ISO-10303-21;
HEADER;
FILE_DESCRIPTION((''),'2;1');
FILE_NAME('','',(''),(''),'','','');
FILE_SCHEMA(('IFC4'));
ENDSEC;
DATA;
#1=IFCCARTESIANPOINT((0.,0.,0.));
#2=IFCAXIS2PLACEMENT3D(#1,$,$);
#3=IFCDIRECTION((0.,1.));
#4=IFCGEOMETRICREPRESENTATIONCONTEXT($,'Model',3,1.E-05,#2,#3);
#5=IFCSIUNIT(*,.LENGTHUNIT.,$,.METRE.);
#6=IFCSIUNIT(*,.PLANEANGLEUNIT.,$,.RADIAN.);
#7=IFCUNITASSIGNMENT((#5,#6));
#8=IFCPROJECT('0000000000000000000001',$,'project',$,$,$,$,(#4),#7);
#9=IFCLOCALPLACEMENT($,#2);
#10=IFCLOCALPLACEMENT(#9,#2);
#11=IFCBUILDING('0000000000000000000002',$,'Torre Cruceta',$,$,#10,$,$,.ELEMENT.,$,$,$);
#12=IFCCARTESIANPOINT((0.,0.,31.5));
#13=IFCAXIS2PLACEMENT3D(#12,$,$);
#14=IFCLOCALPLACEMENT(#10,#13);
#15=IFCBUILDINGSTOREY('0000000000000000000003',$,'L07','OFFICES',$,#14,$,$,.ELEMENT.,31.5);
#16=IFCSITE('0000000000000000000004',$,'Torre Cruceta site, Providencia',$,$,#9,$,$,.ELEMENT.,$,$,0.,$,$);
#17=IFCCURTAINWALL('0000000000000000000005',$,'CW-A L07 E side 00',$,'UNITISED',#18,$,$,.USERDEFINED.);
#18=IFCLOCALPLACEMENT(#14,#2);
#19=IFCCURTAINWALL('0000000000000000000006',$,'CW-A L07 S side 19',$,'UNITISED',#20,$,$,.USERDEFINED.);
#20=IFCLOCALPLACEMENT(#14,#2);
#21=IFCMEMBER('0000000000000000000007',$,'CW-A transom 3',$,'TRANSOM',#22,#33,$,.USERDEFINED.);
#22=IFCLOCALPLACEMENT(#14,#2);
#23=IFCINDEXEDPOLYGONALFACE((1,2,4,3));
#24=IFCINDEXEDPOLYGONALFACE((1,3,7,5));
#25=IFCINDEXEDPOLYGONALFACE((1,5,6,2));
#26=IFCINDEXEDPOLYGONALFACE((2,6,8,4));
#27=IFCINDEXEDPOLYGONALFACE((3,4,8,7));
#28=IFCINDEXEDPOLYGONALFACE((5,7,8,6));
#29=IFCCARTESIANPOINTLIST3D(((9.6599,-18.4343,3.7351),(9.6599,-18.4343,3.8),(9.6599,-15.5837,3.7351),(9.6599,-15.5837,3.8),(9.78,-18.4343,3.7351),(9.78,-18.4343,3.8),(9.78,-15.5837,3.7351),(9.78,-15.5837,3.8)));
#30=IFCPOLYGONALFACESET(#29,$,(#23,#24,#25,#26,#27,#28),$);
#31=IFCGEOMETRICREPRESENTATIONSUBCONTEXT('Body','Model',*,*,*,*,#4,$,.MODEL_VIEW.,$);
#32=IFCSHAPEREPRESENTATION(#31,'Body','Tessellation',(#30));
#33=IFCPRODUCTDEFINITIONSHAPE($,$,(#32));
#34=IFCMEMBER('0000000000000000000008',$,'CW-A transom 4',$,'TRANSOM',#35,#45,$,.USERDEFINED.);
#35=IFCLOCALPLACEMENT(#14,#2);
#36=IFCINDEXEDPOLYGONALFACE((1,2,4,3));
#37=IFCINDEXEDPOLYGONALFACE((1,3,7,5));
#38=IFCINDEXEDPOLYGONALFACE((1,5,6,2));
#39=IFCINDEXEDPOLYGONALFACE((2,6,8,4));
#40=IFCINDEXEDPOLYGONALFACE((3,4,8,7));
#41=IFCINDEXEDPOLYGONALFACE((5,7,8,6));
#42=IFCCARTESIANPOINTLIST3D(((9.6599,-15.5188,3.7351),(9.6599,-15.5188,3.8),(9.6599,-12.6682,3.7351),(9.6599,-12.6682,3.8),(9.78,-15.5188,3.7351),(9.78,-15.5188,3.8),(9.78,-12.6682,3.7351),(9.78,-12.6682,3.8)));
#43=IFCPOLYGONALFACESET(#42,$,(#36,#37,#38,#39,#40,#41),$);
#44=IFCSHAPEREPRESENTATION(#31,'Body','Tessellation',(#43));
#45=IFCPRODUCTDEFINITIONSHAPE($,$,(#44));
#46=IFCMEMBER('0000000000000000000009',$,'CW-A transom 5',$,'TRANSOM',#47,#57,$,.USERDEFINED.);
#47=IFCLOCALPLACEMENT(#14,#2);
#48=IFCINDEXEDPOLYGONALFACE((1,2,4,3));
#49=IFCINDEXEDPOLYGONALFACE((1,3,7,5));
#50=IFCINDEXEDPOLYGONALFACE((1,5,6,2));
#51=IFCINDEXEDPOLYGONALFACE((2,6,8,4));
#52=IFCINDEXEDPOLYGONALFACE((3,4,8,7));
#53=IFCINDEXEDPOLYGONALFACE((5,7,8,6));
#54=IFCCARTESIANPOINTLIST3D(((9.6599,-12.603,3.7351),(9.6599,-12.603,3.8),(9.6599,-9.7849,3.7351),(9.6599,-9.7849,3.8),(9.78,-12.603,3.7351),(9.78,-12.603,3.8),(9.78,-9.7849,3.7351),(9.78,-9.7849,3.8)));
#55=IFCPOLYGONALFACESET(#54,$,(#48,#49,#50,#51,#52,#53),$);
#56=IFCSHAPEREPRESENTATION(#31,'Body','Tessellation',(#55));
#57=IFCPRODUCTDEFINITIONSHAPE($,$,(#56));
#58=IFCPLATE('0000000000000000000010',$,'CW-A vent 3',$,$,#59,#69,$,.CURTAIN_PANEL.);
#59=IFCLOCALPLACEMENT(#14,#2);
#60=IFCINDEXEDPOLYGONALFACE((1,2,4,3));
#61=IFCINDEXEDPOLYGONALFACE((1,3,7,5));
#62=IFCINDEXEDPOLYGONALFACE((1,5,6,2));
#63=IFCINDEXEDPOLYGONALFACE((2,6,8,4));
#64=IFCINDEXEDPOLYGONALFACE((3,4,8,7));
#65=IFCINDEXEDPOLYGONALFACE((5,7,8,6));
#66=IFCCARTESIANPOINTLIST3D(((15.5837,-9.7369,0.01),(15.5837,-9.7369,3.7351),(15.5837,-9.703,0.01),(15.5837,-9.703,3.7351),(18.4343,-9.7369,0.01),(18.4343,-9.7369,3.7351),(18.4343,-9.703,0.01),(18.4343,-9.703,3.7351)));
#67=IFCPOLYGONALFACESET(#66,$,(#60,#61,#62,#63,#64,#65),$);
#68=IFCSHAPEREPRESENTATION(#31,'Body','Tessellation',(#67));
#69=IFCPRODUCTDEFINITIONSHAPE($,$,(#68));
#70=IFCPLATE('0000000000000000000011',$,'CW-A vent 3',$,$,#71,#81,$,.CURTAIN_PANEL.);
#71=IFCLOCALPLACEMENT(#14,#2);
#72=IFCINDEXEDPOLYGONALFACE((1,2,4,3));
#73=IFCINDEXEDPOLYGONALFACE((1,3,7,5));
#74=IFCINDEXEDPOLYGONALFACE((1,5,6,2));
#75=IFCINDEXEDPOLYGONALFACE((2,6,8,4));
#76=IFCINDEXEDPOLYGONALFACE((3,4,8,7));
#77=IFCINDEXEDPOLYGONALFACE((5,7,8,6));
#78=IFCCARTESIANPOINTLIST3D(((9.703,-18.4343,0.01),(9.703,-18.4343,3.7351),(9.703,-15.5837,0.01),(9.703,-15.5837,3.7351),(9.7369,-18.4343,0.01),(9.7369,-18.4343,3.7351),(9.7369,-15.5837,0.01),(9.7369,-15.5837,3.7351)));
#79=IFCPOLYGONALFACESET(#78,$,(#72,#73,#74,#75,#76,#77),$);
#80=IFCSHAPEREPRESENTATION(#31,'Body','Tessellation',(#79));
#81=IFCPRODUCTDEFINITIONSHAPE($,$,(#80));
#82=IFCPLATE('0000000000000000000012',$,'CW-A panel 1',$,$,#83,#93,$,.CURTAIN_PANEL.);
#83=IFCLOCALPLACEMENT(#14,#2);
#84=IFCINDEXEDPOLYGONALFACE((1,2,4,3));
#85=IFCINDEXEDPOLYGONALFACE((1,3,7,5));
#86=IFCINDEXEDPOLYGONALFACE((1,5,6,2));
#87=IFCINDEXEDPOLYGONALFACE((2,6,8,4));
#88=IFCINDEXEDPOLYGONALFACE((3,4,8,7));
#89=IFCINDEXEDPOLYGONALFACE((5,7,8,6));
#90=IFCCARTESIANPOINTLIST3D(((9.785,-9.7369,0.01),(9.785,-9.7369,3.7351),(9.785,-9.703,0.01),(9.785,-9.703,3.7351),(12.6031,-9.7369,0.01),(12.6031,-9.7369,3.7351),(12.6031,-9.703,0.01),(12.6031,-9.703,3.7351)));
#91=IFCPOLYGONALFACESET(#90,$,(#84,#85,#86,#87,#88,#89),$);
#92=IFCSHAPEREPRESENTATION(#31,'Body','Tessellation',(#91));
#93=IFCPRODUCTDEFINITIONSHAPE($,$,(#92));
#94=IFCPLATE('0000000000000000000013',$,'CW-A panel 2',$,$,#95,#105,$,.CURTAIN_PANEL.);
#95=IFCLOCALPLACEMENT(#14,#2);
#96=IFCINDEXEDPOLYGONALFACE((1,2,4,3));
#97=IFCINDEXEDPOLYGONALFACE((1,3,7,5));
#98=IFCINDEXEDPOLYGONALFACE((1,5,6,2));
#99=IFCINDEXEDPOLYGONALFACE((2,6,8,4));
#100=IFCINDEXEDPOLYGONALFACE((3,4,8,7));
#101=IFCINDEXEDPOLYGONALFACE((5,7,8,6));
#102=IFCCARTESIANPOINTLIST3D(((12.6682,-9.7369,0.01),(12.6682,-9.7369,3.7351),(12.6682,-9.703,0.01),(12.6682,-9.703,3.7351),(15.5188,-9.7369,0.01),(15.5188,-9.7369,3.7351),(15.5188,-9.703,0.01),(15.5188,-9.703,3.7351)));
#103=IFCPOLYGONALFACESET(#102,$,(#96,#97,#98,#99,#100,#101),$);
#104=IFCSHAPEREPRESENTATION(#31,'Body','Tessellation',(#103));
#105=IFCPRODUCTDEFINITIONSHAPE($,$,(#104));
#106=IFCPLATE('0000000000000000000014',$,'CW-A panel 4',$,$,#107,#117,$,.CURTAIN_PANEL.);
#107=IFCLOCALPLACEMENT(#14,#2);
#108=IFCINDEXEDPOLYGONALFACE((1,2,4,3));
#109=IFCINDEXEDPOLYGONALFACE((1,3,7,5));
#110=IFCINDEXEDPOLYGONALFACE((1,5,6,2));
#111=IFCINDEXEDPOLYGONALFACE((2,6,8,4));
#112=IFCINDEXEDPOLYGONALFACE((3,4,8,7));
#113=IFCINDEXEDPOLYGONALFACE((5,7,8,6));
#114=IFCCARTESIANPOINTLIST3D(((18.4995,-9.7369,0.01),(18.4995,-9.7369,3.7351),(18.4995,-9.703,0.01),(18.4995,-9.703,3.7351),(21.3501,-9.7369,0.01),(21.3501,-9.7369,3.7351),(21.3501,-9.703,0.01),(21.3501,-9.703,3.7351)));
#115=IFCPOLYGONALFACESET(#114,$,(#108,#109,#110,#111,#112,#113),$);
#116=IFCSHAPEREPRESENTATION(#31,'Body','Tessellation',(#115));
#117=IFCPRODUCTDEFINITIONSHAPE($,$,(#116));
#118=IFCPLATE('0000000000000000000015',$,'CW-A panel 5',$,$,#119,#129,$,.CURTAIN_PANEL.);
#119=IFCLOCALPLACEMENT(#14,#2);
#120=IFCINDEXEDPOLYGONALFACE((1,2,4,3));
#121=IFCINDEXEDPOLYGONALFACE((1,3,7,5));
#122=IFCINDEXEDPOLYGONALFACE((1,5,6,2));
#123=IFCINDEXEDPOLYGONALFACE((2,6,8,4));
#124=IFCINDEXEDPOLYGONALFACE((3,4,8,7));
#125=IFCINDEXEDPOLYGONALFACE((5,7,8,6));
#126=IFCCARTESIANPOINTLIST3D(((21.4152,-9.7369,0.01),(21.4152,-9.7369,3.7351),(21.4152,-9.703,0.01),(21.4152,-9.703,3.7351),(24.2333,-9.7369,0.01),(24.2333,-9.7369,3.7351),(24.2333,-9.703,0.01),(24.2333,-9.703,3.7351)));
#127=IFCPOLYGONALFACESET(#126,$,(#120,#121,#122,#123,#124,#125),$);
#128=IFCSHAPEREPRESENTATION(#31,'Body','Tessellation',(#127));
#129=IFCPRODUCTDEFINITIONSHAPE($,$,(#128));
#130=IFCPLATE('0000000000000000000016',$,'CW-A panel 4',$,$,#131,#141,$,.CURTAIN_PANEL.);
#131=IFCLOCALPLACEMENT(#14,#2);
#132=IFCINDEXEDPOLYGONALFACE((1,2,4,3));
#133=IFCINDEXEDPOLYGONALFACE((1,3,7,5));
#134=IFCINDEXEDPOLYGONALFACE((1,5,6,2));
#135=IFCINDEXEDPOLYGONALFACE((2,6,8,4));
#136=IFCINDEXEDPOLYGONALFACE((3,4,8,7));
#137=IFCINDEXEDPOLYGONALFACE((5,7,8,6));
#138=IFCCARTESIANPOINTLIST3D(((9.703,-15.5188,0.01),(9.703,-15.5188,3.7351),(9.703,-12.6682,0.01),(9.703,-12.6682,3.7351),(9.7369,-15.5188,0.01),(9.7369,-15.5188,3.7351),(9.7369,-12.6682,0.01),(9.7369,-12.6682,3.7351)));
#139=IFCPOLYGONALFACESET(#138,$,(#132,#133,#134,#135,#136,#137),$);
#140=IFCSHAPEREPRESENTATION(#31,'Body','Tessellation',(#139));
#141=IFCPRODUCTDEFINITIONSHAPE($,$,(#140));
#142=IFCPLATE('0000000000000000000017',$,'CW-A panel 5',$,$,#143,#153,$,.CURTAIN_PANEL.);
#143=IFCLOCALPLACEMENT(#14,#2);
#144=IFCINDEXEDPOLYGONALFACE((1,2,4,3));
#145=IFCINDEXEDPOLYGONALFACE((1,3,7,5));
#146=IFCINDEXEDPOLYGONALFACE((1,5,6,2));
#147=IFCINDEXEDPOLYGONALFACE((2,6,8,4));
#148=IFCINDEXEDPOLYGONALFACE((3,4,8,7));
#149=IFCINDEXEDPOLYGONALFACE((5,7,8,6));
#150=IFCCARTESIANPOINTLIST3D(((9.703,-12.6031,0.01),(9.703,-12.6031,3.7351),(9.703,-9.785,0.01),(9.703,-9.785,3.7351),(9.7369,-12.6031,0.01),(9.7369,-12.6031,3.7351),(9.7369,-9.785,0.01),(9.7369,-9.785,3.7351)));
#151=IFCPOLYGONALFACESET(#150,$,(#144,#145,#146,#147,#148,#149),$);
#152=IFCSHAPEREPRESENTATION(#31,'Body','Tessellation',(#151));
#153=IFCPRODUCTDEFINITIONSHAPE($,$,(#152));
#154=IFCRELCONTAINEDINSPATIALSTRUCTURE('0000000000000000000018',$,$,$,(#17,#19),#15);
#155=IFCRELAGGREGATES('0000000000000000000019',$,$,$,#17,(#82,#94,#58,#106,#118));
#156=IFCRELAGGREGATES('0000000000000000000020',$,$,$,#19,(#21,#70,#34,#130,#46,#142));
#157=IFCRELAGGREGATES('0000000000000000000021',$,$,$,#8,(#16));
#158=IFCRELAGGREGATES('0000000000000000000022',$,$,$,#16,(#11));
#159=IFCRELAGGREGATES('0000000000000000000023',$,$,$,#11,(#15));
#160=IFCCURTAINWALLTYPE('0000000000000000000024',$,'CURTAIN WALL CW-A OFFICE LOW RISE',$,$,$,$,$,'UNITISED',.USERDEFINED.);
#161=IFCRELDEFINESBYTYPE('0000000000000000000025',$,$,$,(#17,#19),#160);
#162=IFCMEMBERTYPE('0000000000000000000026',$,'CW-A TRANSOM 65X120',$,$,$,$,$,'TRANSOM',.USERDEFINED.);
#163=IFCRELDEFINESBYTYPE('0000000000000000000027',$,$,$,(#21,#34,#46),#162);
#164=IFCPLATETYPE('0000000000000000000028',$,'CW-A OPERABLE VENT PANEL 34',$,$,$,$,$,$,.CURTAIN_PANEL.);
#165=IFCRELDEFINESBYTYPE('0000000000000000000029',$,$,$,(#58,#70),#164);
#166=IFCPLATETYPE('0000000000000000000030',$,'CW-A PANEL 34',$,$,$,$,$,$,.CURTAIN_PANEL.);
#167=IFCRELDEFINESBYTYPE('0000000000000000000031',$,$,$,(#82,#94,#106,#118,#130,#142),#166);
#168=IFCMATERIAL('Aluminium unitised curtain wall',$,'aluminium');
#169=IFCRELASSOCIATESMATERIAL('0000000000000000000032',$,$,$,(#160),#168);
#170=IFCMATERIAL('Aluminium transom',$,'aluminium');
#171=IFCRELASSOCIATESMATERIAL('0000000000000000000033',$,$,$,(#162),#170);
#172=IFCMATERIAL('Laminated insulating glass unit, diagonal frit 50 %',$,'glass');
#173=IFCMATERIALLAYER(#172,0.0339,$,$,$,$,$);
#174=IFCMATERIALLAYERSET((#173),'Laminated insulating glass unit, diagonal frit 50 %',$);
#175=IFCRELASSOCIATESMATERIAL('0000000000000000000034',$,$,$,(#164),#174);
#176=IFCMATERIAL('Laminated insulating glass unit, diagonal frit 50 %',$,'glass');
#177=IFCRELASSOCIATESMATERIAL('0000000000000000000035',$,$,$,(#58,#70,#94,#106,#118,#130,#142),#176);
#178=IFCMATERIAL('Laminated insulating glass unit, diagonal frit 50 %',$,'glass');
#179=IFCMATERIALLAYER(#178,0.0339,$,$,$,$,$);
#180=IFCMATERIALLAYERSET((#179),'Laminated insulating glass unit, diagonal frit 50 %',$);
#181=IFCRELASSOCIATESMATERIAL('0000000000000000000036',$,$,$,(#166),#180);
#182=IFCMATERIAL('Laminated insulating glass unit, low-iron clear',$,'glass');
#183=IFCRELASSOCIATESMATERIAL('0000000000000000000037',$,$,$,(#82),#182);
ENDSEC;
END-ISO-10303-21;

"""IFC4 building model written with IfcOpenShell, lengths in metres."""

from ifc_helpers import new_model, si_unit, direction, frame, origin, origin_2d, place, context, subcontext, project, spatial, rectangle, extrude, material, layer, layer_set, material_profile, profile_set, type_object, element, aggregate, save


model = new_model("IFC4")

# Units and contexts
model_context = context("Model", 3, precision=1e-05, world=origin(), true_north=direction((0.0, 1.0)))
body_context = subcontext(model_context, "Body", "Model", "MODEL_VIEW")
ifc_project = project(units=[si_unit("LENGTHUNIT", "METRE"), si_unit("PLANEANGLEUNIT", "RADIAN")], contexts=[model_context])

# Site, building, storey
site_placement = place(None, origin())
site = spatial("IfcSite", under=ifc_project, at=site_placement, Name="Torre Cruceta site, Providencia", CompositionType="ELEMENT", RefElevation=0.0)
building_placement = place(site_placement, origin())
building = spatial("IfcBuilding", under=site, at=building_placement, Name="Torre Cruceta", CompositionType="ELEMENT")
storey_placement = place(building_placement, frame((0.0, 0.0, 31.5)))
storey = spatial("IfcBuildingStorey", under=building, at=storey_placement, Name="L07", Description="OFFICES", CompositionType="ELEMENT", Elevation=31.5)

# Curtain walls
ifc_material_1 = material(Name="Aluminium unitised curtain wall", Category="aluminium")
curtain_wall_type = type_object("IfcCurtainWallType", Name="CURTAIN WALL CW-A OFFICE LOW RISE", ElementType="UNITISED", PredefinedType="USERDEFINED", material=ifc_material_1)
curtain_wall_1_placement = place(storey_placement, origin())
curtain_wall_1 = element("IfcCurtainWall", 1, at=curtain_wall_1_placement, inside=storey, type_object=curtain_wall_type, Name="CW-A L07 E side 00", ObjectType="UNITISED", PredefinedType="USERDEFINED")
curtain_wall_2_placement = place(storey_placement, origin())
curtain_wall_2 = element("IfcCurtainWall", 2, at=curtain_wall_2_placement, inside=storey, type_object=curtain_wall_type, Name="CW-A L07 S side 19", ObjectType="UNITISED", PredefinedType="USERDEFINED")

# Members
ifc_material_2 = material(Name="Aluminium transom", Category="aluminium")
ifc_material_profile_1 = material_profile(ifc_material_2, rectangle(XDim=0.1201, YDim=0.0649, at=origin_2d()), Name="AL 120X65")
ifc_profile_set_1 = profile_set([ifc_material_profile_1], Name="Aluminium transom")
member_type_1 = type_object("IfcMemberType", Name="CW-A TRANSOM 65X120", ElementType="TRANSOM", PredefinedType="USERDEFINED", material=ifc_profile_set_1)
member_1_placement = place(storey_placement, frame((9.72, -18.4343, 3.7676), z_axis=(0.0, 1.0, 0.0), x_axis=(-1.0, 0.0, 0.0)))
member_1 = element("IfcMember", 3, at=member_1_placement, type_object=member_type_1, Name="CW-A transom 3", ObjectType="TRANSOM", PredefinedType="USERDEFINED", context=body_context, shape_type="SweptSolid", body=[
    extrude(rectangle(XDim=0.1201, YDim=0.0649, at=origin_2d()), origin(), (0.0, 0.0, 1.0), 2.8506),
])
member_2_placement = place(storey_placement, frame((9.72, -15.5188, 3.7676), z_axis=(0.0, 1.0, 0.0), x_axis=(-1.0, 0.0, 0.0)))
member_2 = element("IfcMember", 4, at=member_2_placement, type_object=member_type_1, Name="CW-A transom 4", ObjectType="TRANSOM", PredefinedType="USERDEFINED", context=body_context, shape_type="SweptSolid", body=[
    extrude(rectangle(XDim=0.1201, YDim=0.0649, at=origin_2d()), origin(), (0.0, 0.0, 1.0), 2.8506),
])
member_3_placement = place(storey_placement, frame((9.72, -12.603, 3.7676), z_axis=(0.0, 1.0, 0.0), x_axis=(-1.0, 0.0, 0.0)))
member_3 = element("IfcMember", 5, at=member_3_placement, type_object=member_type_1, Name="CW-A transom 5", ObjectType="TRANSOM", PredefinedType="USERDEFINED", context=body_context, shape_type="SweptSolid", body=[
    extrude(rectangle(XDim=0.1201, YDim=0.0649, at=origin_2d()), origin(), (0.0, 0.0, 1.0), 2.8181),
])

# Plates
ifc_material_3 = material(Name="Laminated insulating glass unit, diagonal frit 50 %", Category="glass")
ifc_material_4 = material(Name="Laminated insulating glass unit, diagonal frit 50 %", Category="glass")
ifc_layer_1 = layer(ifc_material_4, 0.0339)
ifc_layer_set_1 = layer_set([ifc_layer_1], Name="Laminated insulating glass unit, diagonal frit 50 %")
plate_type_1 = type_object("IfcPlateType", Name="CW-A OPERABLE VENT PANEL 34", PredefinedType="CURTAIN_PANEL", material=ifc_layer_set_1)
plate_1_placement = place(storey_placement, frame((17.009, -9.72, 0.01), z_axis=(0.0, 0.0, 1.0), x_axis=(1.0, 0.0, 0.0)))
plate_1 = element("IfcPlate", 6, at=plate_1_placement, type_object=plate_type_1, material=ifc_material_3, Name="CW-A vent 3", PredefinedType="CURTAIN_PANEL", context=body_context, shape_type="SweptSolid", body=[
    extrude(rectangle(XDim=2.8506, YDim=0.0339, at=origin_2d()), origin(), (0.0, 0.0, 1.0), 3.7251),
])
plate_2_placement = place(storey_placement, frame((9.72, -17.009, 0.01), z_axis=(0.0, 0.0, 1.0), x_axis=(0.0, 1.0, 0.0)))
plate_2 = element("IfcPlate", 7, at=plate_2_placement, type_object=plate_type_1, material=ifc_material_3, Name="CW-A vent 3", PredefinedType="CURTAIN_PANEL", context=body_context, shape_type="SweptSolid", body=[
    extrude(rectangle(XDim=2.8506, YDim=0.0339, at=origin_2d()), origin(), (0.0, 0.0, 1.0), 3.7251),
])
ifc_material_5 = material(Name="Laminated insulating glass unit, low-iron clear", Category="glass")
ifc_material_6 = material(Name="Laminated insulating glass unit, diagonal frit 50 %", Category="glass")
ifc_layer_2 = layer(ifc_material_6, 0.0339)
ifc_layer_set_2 = layer_set([ifc_layer_2], Name="Laminated insulating glass unit, diagonal frit 50 %")
plate_type_2 = type_object("IfcPlateType", Name="CW-A PANEL 34", PredefinedType="CURTAIN_PANEL", material=ifc_layer_set_2)
plate_3_placement = place(storey_placement, frame((11.1941, -9.72, 0.01), z_axis=(0.0, 0.0, 1.0), x_axis=(1.0, 0.0, 0.0)))
plate_3 = element("IfcPlate", 8, at=plate_3_placement, type_object=plate_type_2, material=ifc_material_5, Name="CW-A panel 1", PredefinedType="CURTAIN_PANEL", context=body_context, shape_type="SweptSolid", body=[
    extrude(rectangle(XDim=2.8181, YDim=0.0339, at=origin_2d()), origin(), (0.0, 0.0, 1.0), 3.7251),
])
plate_4_placement = place(storey_placement, frame((14.0935, -9.72, 0.01), z_axis=(0.0, 0.0, 1.0), x_axis=(1.0, 0.0, 0.0)))
plate_4 = element("IfcPlate", 9, at=plate_4_placement, type_object=plate_type_2, material=ifc_material_3, Name="CW-A panel 2", PredefinedType="CURTAIN_PANEL", context=body_context, shape_type="SweptSolid", body=[
    extrude(rectangle(XDim=2.8506, YDim=0.0339, at=origin_2d()), origin(), (0.0, 0.0, 1.0), 3.7251),
])
plate_5_placement = place(storey_placement, frame((19.9248, -9.72, 0.01), z_axis=(0.0, 0.0, 1.0), x_axis=(1.0, 0.0, 0.0)))
plate_5 = element("IfcPlate", 10, at=plate_5_placement, type_object=plate_type_2, material=ifc_material_3, Name="CW-A panel 4", PredefinedType="CURTAIN_PANEL", context=body_context, shape_type="SweptSolid", body=[
    extrude(rectangle(XDim=2.8506, YDim=0.0339, at=origin_2d()), origin(), (0.0, 0.0, 1.0), 3.7251),
])
plate_6_placement = place(storey_placement, frame((22.8242, -9.72, 0.01), z_axis=(0.0, 0.0, 1.0), x_axis=(1.0, 0.0, 0.0)))
plate_6 = element("IfcPlate", 11, at=plate_6_placement, type_object=plate_type_2, material=ifc_material_3, Name="CW-A panel 5", PredefinedType="CURTAIN_PANEL", context=body_context, shape_type="SweptSolid", body=[
    extrude(rectangle(XDim=2.8181, YDim=0.0339, at=origin_2d()), origin(), (0.0, 0.0, 1.0), 3.7251),
])
aggregate(curtain_wall_1, [plate_3, plate_4, plate_1, plate_5, plate_6])
plate_7_placement = place(storey_placement, frame((9.72, -14.0935, 0.01), z_axis=(0.0, 0.0, 1.0), x_axis=(0.0, 1.0, 0.0)))
plate_7 = element("IfcPlate", 12, at=plate_7_placement, type_object=plate_type_2, material=ifc_material_3, Name="CW-A panel 4", PredefinedType="CURTAIN_PANEL", context=body_context, shape_type="SweptSolid", body=[
    extrude(rectangle(XDim=2.8506, YDim=0.0339, at=origin_2d()), origin(), (0.0, 0.0, 1.0), 3.7251),
])
plate_8_placement = place(storey_placement, frame((9.72, -11.1941, 0.01), z_axis=(0.0, 0.0, 1.0), x_axis=(0.0, 1.0, 0.0)))
plate_8 = element("IfcPlate", 13, at=plate_8_placement, type_object=plate_type_2, material=ifc_material_3, Name="CW-A panel 5", PredefinedType="CURTAIN_PANEL", context=body_context, shape_type="SweptSolid", body=[
    extrude(rectangle(XDim=2.8181, YDim=0.0339, at=origin_2d()), origin(), (0.0, 0.0, 1.0), 3.7251),
])
aggregate(curtain_wall_2, [member_1, plate_2, member_2, plate_7, member_3, plate_8])

save(model, "model.ifc")
